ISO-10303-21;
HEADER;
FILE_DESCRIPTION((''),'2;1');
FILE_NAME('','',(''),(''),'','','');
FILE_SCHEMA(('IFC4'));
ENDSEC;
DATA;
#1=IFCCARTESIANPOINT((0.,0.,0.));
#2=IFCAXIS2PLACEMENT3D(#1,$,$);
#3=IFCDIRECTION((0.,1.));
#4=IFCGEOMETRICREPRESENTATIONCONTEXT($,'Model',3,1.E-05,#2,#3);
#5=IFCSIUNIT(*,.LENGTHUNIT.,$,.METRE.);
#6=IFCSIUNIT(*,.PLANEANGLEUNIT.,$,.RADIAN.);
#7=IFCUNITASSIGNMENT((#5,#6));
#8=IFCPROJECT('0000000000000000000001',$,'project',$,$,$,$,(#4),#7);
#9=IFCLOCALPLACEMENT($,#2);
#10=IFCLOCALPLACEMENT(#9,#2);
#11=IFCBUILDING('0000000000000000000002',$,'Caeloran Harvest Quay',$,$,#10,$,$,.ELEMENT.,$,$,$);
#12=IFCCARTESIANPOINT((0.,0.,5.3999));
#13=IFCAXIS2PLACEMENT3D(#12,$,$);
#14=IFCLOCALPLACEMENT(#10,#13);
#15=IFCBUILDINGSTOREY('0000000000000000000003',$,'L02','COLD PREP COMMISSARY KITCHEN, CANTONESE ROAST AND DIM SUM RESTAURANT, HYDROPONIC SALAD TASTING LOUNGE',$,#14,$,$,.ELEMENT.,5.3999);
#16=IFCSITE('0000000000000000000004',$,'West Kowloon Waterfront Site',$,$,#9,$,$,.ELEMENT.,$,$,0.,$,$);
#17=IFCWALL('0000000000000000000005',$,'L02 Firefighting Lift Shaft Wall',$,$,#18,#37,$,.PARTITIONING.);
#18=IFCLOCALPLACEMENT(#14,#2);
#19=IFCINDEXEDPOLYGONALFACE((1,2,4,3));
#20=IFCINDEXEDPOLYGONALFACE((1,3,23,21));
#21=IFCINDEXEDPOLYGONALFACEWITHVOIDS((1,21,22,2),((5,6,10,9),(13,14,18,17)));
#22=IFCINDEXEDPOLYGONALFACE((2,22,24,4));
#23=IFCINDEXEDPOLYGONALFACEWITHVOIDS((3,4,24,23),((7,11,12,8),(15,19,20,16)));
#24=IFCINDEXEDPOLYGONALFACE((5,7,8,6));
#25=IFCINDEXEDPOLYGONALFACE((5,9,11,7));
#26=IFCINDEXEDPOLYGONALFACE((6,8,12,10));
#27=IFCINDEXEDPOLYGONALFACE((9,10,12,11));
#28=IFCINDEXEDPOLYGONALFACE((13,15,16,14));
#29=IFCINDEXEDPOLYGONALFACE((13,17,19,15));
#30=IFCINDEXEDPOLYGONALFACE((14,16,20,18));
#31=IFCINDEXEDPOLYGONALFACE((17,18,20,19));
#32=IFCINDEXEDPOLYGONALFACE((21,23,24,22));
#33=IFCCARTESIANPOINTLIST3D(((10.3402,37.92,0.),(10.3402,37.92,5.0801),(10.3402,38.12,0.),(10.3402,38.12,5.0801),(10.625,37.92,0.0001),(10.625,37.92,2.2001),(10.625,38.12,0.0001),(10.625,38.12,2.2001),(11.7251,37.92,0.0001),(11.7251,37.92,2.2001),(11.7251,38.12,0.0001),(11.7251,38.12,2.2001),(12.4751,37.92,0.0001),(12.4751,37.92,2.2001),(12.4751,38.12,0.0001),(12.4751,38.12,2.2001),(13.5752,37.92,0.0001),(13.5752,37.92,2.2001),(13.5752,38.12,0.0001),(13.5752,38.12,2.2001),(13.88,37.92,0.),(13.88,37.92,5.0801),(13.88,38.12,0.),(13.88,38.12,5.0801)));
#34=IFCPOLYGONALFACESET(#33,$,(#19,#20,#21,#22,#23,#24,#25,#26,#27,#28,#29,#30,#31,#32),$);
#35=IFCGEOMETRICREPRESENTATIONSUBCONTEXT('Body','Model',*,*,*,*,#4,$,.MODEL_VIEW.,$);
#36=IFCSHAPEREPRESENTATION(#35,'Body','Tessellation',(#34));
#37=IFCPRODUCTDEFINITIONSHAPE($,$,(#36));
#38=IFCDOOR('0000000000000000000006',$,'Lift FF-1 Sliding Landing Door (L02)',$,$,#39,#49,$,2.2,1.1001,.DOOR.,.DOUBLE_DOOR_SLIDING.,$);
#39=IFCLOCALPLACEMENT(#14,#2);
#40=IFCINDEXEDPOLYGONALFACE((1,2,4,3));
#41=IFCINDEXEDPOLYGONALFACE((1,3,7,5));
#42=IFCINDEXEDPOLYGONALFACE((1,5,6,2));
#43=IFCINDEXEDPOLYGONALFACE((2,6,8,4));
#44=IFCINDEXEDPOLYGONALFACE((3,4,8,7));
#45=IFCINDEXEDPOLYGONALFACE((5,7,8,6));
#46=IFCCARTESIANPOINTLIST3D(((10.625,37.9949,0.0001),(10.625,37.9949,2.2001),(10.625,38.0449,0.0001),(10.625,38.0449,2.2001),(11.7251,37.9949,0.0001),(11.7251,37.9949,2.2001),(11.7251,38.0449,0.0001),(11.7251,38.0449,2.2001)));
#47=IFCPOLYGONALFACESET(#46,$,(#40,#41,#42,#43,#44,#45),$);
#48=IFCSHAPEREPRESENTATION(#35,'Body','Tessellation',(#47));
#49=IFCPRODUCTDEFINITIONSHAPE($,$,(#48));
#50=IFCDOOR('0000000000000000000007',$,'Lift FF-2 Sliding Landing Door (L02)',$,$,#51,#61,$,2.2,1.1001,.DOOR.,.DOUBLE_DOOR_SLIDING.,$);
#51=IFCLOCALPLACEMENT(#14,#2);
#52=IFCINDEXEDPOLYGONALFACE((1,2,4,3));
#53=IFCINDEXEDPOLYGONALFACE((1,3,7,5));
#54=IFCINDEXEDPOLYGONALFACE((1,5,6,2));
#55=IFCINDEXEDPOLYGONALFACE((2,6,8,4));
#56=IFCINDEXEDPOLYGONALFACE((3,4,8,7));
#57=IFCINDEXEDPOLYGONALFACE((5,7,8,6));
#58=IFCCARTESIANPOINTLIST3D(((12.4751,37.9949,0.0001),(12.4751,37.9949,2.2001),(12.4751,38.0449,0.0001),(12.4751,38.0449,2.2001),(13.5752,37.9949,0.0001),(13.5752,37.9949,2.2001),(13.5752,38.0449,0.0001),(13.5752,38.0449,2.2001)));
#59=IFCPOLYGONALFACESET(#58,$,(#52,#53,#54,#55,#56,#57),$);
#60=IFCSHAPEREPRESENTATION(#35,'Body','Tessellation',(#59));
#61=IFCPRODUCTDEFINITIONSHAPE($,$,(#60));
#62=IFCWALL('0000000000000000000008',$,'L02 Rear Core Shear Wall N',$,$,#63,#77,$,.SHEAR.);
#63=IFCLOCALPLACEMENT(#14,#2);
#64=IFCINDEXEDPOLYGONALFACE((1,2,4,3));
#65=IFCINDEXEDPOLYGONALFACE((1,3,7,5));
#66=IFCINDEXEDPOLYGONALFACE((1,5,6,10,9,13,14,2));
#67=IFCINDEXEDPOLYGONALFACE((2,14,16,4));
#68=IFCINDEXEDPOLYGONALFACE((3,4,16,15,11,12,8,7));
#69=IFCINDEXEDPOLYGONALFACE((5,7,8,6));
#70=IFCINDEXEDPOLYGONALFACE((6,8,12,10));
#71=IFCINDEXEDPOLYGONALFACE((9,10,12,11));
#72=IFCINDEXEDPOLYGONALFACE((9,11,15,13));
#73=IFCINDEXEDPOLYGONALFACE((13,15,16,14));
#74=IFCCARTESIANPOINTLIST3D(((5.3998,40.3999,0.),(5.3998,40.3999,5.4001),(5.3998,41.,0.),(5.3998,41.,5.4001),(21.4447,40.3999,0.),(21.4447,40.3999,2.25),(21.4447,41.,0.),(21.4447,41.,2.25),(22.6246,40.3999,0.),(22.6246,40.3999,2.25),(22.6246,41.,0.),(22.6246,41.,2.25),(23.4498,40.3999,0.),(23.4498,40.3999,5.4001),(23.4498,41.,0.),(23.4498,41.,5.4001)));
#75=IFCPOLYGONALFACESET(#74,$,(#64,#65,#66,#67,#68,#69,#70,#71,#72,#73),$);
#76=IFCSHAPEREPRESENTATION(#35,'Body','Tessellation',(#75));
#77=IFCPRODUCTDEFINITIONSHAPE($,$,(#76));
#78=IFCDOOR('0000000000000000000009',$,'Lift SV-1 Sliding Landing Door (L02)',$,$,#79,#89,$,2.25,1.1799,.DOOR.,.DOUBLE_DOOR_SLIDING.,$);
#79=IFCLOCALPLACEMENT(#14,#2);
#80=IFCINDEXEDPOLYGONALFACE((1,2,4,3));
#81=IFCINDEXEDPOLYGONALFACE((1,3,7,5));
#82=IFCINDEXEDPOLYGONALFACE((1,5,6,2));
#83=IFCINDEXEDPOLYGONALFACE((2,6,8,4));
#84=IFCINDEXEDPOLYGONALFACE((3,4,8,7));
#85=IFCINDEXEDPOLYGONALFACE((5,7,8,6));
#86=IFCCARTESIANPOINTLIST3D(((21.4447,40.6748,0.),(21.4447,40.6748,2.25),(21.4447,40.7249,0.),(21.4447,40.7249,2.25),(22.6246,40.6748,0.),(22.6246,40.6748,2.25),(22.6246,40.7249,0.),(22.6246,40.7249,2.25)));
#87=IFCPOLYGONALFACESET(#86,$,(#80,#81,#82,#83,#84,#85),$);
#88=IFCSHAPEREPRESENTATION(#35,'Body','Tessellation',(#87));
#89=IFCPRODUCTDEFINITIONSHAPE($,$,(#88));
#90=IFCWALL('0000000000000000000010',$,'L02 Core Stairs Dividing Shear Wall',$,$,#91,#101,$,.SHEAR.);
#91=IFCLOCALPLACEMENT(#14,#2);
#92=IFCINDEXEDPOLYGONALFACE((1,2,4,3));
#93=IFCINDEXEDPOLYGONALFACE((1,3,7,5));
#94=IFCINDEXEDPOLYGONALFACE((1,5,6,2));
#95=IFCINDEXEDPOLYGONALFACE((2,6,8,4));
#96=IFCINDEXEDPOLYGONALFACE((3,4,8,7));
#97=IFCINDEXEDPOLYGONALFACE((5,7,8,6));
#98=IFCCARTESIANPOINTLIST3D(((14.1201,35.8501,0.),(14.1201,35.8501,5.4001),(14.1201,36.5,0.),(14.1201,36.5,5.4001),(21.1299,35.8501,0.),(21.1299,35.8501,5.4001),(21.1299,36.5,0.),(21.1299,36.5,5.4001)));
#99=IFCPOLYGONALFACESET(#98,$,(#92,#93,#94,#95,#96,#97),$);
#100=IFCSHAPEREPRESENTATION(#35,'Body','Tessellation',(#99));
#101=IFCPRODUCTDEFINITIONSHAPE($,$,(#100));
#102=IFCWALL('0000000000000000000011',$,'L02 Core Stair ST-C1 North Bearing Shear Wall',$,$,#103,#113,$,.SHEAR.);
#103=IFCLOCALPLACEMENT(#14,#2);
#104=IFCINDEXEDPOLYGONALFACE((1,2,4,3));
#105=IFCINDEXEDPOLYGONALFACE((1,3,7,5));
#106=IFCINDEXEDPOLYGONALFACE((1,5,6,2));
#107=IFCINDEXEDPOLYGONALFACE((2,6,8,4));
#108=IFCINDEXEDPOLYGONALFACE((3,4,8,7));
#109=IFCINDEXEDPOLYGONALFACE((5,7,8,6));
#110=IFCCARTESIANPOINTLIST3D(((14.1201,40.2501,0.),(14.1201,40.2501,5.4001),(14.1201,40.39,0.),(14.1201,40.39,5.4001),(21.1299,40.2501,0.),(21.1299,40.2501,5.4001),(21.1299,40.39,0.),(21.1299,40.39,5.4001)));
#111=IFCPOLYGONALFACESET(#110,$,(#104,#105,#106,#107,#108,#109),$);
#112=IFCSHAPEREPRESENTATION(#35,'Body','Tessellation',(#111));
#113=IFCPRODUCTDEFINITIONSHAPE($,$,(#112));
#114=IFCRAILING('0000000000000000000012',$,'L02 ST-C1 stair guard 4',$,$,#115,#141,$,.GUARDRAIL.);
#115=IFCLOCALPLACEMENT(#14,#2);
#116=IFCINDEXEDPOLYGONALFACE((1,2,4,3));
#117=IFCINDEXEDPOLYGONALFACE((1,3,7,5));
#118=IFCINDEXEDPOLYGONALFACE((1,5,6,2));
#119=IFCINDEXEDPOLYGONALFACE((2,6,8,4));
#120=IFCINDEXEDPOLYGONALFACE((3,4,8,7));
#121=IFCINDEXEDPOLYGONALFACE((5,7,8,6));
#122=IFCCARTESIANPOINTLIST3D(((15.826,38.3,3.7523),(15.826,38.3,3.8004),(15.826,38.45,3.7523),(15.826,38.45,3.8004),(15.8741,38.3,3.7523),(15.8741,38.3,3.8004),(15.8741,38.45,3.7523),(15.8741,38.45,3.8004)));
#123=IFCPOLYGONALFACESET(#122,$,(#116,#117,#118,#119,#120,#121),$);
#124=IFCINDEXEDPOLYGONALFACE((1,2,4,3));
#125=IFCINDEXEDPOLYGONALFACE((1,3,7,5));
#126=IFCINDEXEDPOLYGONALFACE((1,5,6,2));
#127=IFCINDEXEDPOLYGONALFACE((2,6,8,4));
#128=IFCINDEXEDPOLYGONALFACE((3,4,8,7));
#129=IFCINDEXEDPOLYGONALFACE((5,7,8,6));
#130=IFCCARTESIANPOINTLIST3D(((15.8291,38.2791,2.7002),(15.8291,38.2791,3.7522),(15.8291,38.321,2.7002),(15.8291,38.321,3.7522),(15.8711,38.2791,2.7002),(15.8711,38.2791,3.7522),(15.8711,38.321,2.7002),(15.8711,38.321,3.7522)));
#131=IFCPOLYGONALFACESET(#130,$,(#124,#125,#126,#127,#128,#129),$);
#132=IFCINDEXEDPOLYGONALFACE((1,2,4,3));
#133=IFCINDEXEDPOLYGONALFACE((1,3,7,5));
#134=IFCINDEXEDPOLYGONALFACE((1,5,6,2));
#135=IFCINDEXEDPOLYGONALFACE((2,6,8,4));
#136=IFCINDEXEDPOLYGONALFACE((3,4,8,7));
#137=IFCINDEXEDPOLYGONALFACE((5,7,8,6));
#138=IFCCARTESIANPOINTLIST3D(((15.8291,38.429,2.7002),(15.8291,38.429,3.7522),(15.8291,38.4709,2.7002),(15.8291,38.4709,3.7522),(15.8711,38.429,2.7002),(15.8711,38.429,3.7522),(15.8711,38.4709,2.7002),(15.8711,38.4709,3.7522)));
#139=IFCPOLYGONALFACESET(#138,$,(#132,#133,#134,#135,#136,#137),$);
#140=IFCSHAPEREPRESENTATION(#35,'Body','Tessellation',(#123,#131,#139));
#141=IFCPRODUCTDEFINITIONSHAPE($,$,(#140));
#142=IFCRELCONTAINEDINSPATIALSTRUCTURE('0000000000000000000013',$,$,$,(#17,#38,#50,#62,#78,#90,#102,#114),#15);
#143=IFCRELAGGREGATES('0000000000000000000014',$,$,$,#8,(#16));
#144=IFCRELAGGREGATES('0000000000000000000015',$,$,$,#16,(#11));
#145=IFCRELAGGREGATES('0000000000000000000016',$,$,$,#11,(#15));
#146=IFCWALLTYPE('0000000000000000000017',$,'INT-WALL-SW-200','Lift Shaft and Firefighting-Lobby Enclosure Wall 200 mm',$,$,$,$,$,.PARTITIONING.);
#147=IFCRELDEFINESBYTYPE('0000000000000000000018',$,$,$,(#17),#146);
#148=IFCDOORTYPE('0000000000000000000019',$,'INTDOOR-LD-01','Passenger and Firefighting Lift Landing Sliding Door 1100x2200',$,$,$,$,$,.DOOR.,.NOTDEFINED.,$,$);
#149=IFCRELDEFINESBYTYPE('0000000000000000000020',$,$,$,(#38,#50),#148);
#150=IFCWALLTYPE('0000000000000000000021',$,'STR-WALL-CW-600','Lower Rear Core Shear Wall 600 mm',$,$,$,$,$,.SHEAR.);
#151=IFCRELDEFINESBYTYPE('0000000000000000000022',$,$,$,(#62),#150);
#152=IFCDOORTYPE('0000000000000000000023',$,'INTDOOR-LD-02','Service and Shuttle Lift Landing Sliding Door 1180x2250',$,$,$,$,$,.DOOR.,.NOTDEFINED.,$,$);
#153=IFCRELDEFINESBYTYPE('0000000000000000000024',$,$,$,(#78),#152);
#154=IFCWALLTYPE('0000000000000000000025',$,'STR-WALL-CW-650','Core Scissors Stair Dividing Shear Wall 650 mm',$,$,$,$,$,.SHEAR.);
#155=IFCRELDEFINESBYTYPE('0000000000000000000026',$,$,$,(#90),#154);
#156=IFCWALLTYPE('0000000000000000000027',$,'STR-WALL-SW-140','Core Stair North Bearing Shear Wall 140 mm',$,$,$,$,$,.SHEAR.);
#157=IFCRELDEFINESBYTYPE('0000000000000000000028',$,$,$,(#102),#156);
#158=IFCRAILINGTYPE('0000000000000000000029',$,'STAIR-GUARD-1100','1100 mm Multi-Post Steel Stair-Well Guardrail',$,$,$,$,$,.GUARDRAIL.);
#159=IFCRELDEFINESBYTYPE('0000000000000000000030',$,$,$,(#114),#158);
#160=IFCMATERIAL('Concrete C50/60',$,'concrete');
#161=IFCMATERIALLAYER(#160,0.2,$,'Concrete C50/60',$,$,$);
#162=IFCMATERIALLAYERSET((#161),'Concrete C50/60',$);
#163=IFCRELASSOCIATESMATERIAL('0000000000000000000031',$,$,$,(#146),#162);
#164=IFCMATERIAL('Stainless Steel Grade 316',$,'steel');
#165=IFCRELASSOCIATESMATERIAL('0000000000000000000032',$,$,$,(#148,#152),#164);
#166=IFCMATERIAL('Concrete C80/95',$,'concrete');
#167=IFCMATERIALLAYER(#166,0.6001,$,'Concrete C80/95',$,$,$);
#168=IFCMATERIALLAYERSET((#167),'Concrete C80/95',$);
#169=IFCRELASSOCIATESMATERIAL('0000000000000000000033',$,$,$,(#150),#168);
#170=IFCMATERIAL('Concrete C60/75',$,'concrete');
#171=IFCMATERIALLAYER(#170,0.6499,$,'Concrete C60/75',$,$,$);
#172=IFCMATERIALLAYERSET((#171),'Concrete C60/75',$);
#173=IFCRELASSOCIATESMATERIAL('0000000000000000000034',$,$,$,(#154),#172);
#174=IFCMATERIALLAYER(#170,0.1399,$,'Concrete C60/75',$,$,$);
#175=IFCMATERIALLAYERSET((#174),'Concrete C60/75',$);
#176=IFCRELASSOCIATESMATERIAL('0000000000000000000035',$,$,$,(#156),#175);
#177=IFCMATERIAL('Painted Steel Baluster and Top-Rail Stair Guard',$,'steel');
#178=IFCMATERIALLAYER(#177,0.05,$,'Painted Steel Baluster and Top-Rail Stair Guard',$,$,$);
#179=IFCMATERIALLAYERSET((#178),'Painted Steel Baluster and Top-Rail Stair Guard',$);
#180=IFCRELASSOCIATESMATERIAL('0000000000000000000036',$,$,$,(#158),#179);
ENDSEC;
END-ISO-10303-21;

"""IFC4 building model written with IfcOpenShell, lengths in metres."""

from ifc_helpers import new_model, si_unit, direction, frame, frame_2d, origin, origin_2d, place, context, subcontext, project, spatial, rectangle, extrude, material, layer, layer_set, type_object, element, fill, save


model = new_model("IFC4")

# Units and contexts
model_context = context("Model", 3, precision=1e-05, world=origin(), true_north=direction((0.0, 1.0)))
body_context = subcontext(model_context, "Body", "Model", "MODEL_VIEW")
ifc_project = project(units=[si_unit("LENGTHUNIT", "METRE"), si_unit("PLANEANGLEUNIT", "RADIAN")], contexts=[model_context])

# Site, building, storey
site_placement = place(None, origin())
site = spatial("IfcSite", under=ifc_project, at=site_placement, Name="West Kowloon Waterfront Site", CompositionType="ELEMENT", RefElevation=0.0)
building_placement = place(site_placement, origin())
building = spatial("IfcBuilding", under=site, at=building_placement, Name="Caeloran Harvest Quay", CompositionType="ELEMENT")
storey_placement = place(building_placement, frame((0.0, 0.0, 5.3999)))
storey = spatial("IfcBuildingStorey", under=building, at=storey_placement, Name="L02", Description="COLD PREP COMMISSARY KITCHEN, CANTONESE ROAST AND DIM SUM RESTAURANT, HYDROPONIC SALAD TASTING LOUNGE", CompositionType="ELEMENT", Elevation=5.3999)

# Shared definitions
ifc_material_1 = material(Name="Concrete C50/60", Category="concrete")
ifc_layer_1 = layer(ifc_material_1, 0.2, Name="Concrete C50/60")
ifc_layer_set_1 = layer_set([ifc_layer_1], Name="Concrete C50/60")
wall_type_1 = type_object("IfcWallType", Name="INT-WALL-SW-200", Description="Lift Shaft and Firefighting-Lobby Enclosure Wall 200 mm", PredefinedType="PARTITIONING", material=ifc_layer_set_1)

# Wall, openings, doors
wall_1_placement = place(storey_placement, frame((10.3401, 38.02, 0.0), z_axis=(0.0, 0.0, 1.0), x_axis=(1.0, 0.0, 0.0)))
wall_1 = element("IfcWall", 1, at=wall_1_placement, inside=storey, type_object=wall_type_1, Name="L02 Firefighting Lift Shaft Wall", PredefinedType="PARTITIONING", context=body_context, shape_type="SweptSolid", body=[
    extrude(rectangle(XDim=3.5398, YDim=0.2, at=frame_2d((1.77, 0.0))), origin(), (0.0, 0.0, 1.0), 5.0801),
])
opening_1_placement = place(wall_1_placement, frame((0.2849, 0.0, 0.0)))
opening_1 = element("IfcOpeningElement", 2, at=opening_1_placement, cuts=wall_1, PredefinedType="OPENING", context=body_context, shape_type="SweptSolid", body=[
    extrude(rectangle(XDim=1.1001, YDim=2.2, at=frame_2d((0.55, 1.1001))), frame((0.0, 0.1099, 0.0), z_axis=(0.0, -1.0, 0.0), x_axis=(1.0, 0.0, 0.0)), (0.0, 0.0, 1.0), 0.22),
])
opening_2_placement = place(wall_1_placement, frame((2.135, 0.0, 0.0)))
opening_2 = element("IfcOpeningElement", 3, at=opening_2_placement, cuts=wall_1, PredefinedType="OPENING", context=body_context, shape_type="SweptSolid", body=[
    extrude(rectangle(XDim=1.1001, YDim=2.2, at=frame_2d((0.55, 1.1001))), frame((0.0, 0.1099, 0.0), z_axis=(0.0, -1.0, 0.0), x_axis=(1.0, 0.0, 0.0)), (0.0, 0.0, 1.0), 0.22),
])
ifc_material_2 = material(Name="Stainless Steel Grade 316", Category="steel")
door_type_1 = type_object("IfcDoorType", Name="INTDOOR-LD-01", Description="Passenger and Firefighting Lift Landing Sliding Door 1100x2200", OperationType="NOTDEFINED", PredefinedType="DOOR", material=ifc_material_2)
door_1_placement = place(opening_1_placement, origin())
door_1 = element("IfcDoor", 4, at=door_1_placement, inside=storey, type_object=door_type_1, Name="Lift FF-1 Sliding Landing Door (L02)", OperationType="DOUBLE_DOOR_SLIDING", OverallHeight=2.2, OverallWidth=1.1001, PredefinedType="DOOR", context=body_context, shape_type="SweptSolid", body=[
    extrude(rectangle(XDim=1.1001, YDim=2.2, at=frame_2d((0.55, 1.1001))), frame((0.0, 0.0249, 0.0), z_axis=(0.0, -1.0, 0.0), x_axis=(1.0, 0.0, 0.0)), (0.0, 0.0, 1.0), 0.05),
])
fill(opening_1, door_1)
door_2_placement = place(opening_2_placement, origin())
door_2 = element("IfcDoor", 5, at=door_2_placement, inside=storey, type_object=door_type_1, Name="Lift FF-2 Sliding Landing Door (L02)", OperationType="DOUBLE_DOOR_SLIDING", OverallHeight=2.2, OverallWidth=1.1001, PredefinedType="DOOR", context=body_context, shape_type="SweptSolid", body=[
    extrude(rectangle(XDim=1.1001, YDim=2.2, at=frame_2d((0.55, 1.1001))), frame((0.0, 0.0249, 0.0), z_axis=(0.0, -1.0, 0.0), x_axis=(1.0, 0.0, 0.0)), (0.0, 0.0, 1.0), 0.05),
])
fill(opening_2, door_2)

# Wall, opening, door
ifc_material_3 = material(Name="Concrete C80/95", Category="concrete")
ifc_layer_2 = layer(ifc_material_3, 0.6001, Name="Concrete C80/95")
ifc_layer_set_2 = layer_set([ifc_layer_2], Name="Concrete C80/95")
wall_type_2 = type_object("IfcWallType", Name="STR-WALL-CW-600", Description="Lower Rear Core Shear Wall 600 mm", PredefinedType="SHEAR", material=ifc_layer_set_2)
wall_2_placement = place(storey_placement, frame((5.3999, 40.7, 0.0), z_axis=(0.0, 0.0, 1.0), x_axis=(1.0, 0.0, 0.0)))
wall_2 = element("IfcWall", 6, at=wall_2_placement, inside=storey, type_object=wall_type_2, Name="L02 Rear Core Shear Wall N", PredefinedType="SHEAR", context=body_context, shape_type="SweptSolid", body=[
    extrude(rectangle(XDim=18.05, YDim=0.6001, at=frame_2d((9.0249, 0.0))), origin(), (0.0, 0.0, 1.0), 5.4001),
])
opening_3_placement = place(wall_2_placement, frame((16.0449, 0.0, 0.0)))
opening_3 = element("IfcOpeningElement", 7, at=opening_3_placement, cuts=wall_2, PredefinedType="OPENING", context=body_context, shape_type="SweptSolid", body=[
    extrude(rectangle(XDim=1.1799, YDim=2.25, at=frame_2d((0.5898, 1.125))), frame((0.0, 0.3101, 0.0), z_axis=(0.0, -1.0, 0.0), x_axis=(1.0, 0.0, 0.0)), (0.0, 0.0, 1.0), 0.6201),
])
door_type_2 = type_object("IfcDoorType", Name="INTDOOR-LD-02", Description="Service and Shuttle Lift Landing Sliding Door 1180x2250", OperationType="NOTDEFINED", PredefinedType="DOOR", material=ifc_material_2)
door_3_placement = place(opening_3_placement, origin())
door_3 = element("IfcDoor", 8, at=door_3_placement, inside=storey, type_object=door_type_2, Name="Lift SV-1 Sliding Landing Door (L02)", OperationType="DOUBLE_DOOR_SLIDING", OverallHeight=2.25, OverallWidth=1.1799, PredefinedType="DOOR", context=body_context, shape_type="SweptSolid", body=[
    extrude(rectangle(XDim=1.1799, YDim=2.25, at=frame_2d((0.5898, 1.125))), frame((0.0, 0.0249, 0.0), z_axis=(0.0, -1.0, 0.0), x_axis=(1.0, 0.0, 0.0)), (0.0, 0.0, 1.0), 0.05),
])
fill(opening_3, door_3)

# Walls
ifc_material_4 = material(Name="Concrete C60/75", Category="concrete")
ifc_layer_3 = layer(ifc_material_4, 0.6499, Name="Concrete C60/75")
ifc_layer_set_3 = layer_set([ifc_layer_3], Name="Concrete C60/75")
wall_type_3 = type_object("IfcWallType", Name="STR-WALL-CW-650", Description="Core Scissors Stair Dividing Shear Wall 650 mm", PredefinedType="SHEAR", material=ifc_layer_set_3)
wall_3_placement = place(storey_placement, frame((14.1201, 36.175, 0.0), z_axis=(0.0, 0.0, 1.0), x_axis=(1.0, 0.0, 0.0)))
element("IfcWall", 9, at=wall_3_placement, inside=storey, type_object=wall_type_3, Name="L02 Core Stairs Dividing Shear Wall", PredefinedType="SHEAR", context=body_context, shape_type="SweptSolid", body=[
    extrude(rectangle(XDim=7.0098, YDim=0.6499, at=frame_2d((3.5049, 0.0))), origin(), (0.0, 0.0, 1.0), 5.4001),
])
ifc_layer_4 = layer(ifc_material_4, 0.1399, Name="Concrete C60/75")
ifc_layer_set_4 = layer_set([ifc_layer_4], Name="Concrete C60/75")
wall_type_4 = type_object("IfcWallType", Name="STR-WALL-SW-140", Description="Core Stair North Bearing Shear Wall 140 mm", PredefinedType="SHEAR", material=ifc_layer_set_4)
wall_4_placement = place(storey_placement, frame((14.1201, 40.3201, 0.0), z_axis=(0.0, 0.0, 1.0), x_axis=(1.0, 0.0, 0.0)))
element("IfcWall", 10, at=wall_4_placement, inside=storey, type_object=wall_type_4, Name="L02 Core Stair ST-C1 North Bearing Shear Wall", PredefinedType="SHEAR", context=body_context, shape_type="SweptSolid", body=[
    extrude(rectangle(XDim=7.0098, YDim=0.1399, at=frame_2d((3.5049, 0.0))), origin(), (0.0, 0.0, 1.0), 5.4001),
])

# Railing
ifc_material_5 = material(Name="Painted Steel Baluster and Top-Rail Stair Guard", Category="steel")
ifc_layer_5 = layer(ifc_material_5, 0.05, Name="Painted Steel Baluster and Top-Rail Stair Guard")
ifc_layer_set_5 = layer_set([ifc_layer_5], Name="Painted Steel Baluster and Top-Rail Stair Guard")
railing_type = type_object("IfcRailingType", Name="STAIR-GUARD-1100", Description="1100 mm Multi-Post Steel Stair-Well Guardrail", PredefinedType="GUARDRAIL", material=ifc_layer_set_5)
railing_placement = place(storey_placement, frame((15.8501, 38.3, 2.7002)))
element("IfcRailing", 11, at=railing_placement, inside=storey, type_object=railing_type, Name="L02 ST-C1 stair guard 4", PredefinedType="GUARDRAIL", context=body_context, shape_type="SweptSolid", body=[
    extrude(rectangle(XDim=0.0481, YDim=0.0481, at=origin_2d()), frame((0.0, 0.0, 1.0762), z_axis=(0.0, 1.0, 0.0), x_axis=(-1.0, 0.0, 0.0)), (0.0, 0.0, 1.0), 0.1499),
    extrude(rectangle(XDim=0.042, YDim=0.042, at=origin_2d()), origin(), (0.0, 0.0, 1.0), 1.052),
    extrude(rectangle(XDim=0.042, YDim=0.042, at=origin_2d()), frame((0.0, 0.1499, 0.0)), (0.0, 0.0, 1.0), 1.052),
])

save(model, "model.ifc")
